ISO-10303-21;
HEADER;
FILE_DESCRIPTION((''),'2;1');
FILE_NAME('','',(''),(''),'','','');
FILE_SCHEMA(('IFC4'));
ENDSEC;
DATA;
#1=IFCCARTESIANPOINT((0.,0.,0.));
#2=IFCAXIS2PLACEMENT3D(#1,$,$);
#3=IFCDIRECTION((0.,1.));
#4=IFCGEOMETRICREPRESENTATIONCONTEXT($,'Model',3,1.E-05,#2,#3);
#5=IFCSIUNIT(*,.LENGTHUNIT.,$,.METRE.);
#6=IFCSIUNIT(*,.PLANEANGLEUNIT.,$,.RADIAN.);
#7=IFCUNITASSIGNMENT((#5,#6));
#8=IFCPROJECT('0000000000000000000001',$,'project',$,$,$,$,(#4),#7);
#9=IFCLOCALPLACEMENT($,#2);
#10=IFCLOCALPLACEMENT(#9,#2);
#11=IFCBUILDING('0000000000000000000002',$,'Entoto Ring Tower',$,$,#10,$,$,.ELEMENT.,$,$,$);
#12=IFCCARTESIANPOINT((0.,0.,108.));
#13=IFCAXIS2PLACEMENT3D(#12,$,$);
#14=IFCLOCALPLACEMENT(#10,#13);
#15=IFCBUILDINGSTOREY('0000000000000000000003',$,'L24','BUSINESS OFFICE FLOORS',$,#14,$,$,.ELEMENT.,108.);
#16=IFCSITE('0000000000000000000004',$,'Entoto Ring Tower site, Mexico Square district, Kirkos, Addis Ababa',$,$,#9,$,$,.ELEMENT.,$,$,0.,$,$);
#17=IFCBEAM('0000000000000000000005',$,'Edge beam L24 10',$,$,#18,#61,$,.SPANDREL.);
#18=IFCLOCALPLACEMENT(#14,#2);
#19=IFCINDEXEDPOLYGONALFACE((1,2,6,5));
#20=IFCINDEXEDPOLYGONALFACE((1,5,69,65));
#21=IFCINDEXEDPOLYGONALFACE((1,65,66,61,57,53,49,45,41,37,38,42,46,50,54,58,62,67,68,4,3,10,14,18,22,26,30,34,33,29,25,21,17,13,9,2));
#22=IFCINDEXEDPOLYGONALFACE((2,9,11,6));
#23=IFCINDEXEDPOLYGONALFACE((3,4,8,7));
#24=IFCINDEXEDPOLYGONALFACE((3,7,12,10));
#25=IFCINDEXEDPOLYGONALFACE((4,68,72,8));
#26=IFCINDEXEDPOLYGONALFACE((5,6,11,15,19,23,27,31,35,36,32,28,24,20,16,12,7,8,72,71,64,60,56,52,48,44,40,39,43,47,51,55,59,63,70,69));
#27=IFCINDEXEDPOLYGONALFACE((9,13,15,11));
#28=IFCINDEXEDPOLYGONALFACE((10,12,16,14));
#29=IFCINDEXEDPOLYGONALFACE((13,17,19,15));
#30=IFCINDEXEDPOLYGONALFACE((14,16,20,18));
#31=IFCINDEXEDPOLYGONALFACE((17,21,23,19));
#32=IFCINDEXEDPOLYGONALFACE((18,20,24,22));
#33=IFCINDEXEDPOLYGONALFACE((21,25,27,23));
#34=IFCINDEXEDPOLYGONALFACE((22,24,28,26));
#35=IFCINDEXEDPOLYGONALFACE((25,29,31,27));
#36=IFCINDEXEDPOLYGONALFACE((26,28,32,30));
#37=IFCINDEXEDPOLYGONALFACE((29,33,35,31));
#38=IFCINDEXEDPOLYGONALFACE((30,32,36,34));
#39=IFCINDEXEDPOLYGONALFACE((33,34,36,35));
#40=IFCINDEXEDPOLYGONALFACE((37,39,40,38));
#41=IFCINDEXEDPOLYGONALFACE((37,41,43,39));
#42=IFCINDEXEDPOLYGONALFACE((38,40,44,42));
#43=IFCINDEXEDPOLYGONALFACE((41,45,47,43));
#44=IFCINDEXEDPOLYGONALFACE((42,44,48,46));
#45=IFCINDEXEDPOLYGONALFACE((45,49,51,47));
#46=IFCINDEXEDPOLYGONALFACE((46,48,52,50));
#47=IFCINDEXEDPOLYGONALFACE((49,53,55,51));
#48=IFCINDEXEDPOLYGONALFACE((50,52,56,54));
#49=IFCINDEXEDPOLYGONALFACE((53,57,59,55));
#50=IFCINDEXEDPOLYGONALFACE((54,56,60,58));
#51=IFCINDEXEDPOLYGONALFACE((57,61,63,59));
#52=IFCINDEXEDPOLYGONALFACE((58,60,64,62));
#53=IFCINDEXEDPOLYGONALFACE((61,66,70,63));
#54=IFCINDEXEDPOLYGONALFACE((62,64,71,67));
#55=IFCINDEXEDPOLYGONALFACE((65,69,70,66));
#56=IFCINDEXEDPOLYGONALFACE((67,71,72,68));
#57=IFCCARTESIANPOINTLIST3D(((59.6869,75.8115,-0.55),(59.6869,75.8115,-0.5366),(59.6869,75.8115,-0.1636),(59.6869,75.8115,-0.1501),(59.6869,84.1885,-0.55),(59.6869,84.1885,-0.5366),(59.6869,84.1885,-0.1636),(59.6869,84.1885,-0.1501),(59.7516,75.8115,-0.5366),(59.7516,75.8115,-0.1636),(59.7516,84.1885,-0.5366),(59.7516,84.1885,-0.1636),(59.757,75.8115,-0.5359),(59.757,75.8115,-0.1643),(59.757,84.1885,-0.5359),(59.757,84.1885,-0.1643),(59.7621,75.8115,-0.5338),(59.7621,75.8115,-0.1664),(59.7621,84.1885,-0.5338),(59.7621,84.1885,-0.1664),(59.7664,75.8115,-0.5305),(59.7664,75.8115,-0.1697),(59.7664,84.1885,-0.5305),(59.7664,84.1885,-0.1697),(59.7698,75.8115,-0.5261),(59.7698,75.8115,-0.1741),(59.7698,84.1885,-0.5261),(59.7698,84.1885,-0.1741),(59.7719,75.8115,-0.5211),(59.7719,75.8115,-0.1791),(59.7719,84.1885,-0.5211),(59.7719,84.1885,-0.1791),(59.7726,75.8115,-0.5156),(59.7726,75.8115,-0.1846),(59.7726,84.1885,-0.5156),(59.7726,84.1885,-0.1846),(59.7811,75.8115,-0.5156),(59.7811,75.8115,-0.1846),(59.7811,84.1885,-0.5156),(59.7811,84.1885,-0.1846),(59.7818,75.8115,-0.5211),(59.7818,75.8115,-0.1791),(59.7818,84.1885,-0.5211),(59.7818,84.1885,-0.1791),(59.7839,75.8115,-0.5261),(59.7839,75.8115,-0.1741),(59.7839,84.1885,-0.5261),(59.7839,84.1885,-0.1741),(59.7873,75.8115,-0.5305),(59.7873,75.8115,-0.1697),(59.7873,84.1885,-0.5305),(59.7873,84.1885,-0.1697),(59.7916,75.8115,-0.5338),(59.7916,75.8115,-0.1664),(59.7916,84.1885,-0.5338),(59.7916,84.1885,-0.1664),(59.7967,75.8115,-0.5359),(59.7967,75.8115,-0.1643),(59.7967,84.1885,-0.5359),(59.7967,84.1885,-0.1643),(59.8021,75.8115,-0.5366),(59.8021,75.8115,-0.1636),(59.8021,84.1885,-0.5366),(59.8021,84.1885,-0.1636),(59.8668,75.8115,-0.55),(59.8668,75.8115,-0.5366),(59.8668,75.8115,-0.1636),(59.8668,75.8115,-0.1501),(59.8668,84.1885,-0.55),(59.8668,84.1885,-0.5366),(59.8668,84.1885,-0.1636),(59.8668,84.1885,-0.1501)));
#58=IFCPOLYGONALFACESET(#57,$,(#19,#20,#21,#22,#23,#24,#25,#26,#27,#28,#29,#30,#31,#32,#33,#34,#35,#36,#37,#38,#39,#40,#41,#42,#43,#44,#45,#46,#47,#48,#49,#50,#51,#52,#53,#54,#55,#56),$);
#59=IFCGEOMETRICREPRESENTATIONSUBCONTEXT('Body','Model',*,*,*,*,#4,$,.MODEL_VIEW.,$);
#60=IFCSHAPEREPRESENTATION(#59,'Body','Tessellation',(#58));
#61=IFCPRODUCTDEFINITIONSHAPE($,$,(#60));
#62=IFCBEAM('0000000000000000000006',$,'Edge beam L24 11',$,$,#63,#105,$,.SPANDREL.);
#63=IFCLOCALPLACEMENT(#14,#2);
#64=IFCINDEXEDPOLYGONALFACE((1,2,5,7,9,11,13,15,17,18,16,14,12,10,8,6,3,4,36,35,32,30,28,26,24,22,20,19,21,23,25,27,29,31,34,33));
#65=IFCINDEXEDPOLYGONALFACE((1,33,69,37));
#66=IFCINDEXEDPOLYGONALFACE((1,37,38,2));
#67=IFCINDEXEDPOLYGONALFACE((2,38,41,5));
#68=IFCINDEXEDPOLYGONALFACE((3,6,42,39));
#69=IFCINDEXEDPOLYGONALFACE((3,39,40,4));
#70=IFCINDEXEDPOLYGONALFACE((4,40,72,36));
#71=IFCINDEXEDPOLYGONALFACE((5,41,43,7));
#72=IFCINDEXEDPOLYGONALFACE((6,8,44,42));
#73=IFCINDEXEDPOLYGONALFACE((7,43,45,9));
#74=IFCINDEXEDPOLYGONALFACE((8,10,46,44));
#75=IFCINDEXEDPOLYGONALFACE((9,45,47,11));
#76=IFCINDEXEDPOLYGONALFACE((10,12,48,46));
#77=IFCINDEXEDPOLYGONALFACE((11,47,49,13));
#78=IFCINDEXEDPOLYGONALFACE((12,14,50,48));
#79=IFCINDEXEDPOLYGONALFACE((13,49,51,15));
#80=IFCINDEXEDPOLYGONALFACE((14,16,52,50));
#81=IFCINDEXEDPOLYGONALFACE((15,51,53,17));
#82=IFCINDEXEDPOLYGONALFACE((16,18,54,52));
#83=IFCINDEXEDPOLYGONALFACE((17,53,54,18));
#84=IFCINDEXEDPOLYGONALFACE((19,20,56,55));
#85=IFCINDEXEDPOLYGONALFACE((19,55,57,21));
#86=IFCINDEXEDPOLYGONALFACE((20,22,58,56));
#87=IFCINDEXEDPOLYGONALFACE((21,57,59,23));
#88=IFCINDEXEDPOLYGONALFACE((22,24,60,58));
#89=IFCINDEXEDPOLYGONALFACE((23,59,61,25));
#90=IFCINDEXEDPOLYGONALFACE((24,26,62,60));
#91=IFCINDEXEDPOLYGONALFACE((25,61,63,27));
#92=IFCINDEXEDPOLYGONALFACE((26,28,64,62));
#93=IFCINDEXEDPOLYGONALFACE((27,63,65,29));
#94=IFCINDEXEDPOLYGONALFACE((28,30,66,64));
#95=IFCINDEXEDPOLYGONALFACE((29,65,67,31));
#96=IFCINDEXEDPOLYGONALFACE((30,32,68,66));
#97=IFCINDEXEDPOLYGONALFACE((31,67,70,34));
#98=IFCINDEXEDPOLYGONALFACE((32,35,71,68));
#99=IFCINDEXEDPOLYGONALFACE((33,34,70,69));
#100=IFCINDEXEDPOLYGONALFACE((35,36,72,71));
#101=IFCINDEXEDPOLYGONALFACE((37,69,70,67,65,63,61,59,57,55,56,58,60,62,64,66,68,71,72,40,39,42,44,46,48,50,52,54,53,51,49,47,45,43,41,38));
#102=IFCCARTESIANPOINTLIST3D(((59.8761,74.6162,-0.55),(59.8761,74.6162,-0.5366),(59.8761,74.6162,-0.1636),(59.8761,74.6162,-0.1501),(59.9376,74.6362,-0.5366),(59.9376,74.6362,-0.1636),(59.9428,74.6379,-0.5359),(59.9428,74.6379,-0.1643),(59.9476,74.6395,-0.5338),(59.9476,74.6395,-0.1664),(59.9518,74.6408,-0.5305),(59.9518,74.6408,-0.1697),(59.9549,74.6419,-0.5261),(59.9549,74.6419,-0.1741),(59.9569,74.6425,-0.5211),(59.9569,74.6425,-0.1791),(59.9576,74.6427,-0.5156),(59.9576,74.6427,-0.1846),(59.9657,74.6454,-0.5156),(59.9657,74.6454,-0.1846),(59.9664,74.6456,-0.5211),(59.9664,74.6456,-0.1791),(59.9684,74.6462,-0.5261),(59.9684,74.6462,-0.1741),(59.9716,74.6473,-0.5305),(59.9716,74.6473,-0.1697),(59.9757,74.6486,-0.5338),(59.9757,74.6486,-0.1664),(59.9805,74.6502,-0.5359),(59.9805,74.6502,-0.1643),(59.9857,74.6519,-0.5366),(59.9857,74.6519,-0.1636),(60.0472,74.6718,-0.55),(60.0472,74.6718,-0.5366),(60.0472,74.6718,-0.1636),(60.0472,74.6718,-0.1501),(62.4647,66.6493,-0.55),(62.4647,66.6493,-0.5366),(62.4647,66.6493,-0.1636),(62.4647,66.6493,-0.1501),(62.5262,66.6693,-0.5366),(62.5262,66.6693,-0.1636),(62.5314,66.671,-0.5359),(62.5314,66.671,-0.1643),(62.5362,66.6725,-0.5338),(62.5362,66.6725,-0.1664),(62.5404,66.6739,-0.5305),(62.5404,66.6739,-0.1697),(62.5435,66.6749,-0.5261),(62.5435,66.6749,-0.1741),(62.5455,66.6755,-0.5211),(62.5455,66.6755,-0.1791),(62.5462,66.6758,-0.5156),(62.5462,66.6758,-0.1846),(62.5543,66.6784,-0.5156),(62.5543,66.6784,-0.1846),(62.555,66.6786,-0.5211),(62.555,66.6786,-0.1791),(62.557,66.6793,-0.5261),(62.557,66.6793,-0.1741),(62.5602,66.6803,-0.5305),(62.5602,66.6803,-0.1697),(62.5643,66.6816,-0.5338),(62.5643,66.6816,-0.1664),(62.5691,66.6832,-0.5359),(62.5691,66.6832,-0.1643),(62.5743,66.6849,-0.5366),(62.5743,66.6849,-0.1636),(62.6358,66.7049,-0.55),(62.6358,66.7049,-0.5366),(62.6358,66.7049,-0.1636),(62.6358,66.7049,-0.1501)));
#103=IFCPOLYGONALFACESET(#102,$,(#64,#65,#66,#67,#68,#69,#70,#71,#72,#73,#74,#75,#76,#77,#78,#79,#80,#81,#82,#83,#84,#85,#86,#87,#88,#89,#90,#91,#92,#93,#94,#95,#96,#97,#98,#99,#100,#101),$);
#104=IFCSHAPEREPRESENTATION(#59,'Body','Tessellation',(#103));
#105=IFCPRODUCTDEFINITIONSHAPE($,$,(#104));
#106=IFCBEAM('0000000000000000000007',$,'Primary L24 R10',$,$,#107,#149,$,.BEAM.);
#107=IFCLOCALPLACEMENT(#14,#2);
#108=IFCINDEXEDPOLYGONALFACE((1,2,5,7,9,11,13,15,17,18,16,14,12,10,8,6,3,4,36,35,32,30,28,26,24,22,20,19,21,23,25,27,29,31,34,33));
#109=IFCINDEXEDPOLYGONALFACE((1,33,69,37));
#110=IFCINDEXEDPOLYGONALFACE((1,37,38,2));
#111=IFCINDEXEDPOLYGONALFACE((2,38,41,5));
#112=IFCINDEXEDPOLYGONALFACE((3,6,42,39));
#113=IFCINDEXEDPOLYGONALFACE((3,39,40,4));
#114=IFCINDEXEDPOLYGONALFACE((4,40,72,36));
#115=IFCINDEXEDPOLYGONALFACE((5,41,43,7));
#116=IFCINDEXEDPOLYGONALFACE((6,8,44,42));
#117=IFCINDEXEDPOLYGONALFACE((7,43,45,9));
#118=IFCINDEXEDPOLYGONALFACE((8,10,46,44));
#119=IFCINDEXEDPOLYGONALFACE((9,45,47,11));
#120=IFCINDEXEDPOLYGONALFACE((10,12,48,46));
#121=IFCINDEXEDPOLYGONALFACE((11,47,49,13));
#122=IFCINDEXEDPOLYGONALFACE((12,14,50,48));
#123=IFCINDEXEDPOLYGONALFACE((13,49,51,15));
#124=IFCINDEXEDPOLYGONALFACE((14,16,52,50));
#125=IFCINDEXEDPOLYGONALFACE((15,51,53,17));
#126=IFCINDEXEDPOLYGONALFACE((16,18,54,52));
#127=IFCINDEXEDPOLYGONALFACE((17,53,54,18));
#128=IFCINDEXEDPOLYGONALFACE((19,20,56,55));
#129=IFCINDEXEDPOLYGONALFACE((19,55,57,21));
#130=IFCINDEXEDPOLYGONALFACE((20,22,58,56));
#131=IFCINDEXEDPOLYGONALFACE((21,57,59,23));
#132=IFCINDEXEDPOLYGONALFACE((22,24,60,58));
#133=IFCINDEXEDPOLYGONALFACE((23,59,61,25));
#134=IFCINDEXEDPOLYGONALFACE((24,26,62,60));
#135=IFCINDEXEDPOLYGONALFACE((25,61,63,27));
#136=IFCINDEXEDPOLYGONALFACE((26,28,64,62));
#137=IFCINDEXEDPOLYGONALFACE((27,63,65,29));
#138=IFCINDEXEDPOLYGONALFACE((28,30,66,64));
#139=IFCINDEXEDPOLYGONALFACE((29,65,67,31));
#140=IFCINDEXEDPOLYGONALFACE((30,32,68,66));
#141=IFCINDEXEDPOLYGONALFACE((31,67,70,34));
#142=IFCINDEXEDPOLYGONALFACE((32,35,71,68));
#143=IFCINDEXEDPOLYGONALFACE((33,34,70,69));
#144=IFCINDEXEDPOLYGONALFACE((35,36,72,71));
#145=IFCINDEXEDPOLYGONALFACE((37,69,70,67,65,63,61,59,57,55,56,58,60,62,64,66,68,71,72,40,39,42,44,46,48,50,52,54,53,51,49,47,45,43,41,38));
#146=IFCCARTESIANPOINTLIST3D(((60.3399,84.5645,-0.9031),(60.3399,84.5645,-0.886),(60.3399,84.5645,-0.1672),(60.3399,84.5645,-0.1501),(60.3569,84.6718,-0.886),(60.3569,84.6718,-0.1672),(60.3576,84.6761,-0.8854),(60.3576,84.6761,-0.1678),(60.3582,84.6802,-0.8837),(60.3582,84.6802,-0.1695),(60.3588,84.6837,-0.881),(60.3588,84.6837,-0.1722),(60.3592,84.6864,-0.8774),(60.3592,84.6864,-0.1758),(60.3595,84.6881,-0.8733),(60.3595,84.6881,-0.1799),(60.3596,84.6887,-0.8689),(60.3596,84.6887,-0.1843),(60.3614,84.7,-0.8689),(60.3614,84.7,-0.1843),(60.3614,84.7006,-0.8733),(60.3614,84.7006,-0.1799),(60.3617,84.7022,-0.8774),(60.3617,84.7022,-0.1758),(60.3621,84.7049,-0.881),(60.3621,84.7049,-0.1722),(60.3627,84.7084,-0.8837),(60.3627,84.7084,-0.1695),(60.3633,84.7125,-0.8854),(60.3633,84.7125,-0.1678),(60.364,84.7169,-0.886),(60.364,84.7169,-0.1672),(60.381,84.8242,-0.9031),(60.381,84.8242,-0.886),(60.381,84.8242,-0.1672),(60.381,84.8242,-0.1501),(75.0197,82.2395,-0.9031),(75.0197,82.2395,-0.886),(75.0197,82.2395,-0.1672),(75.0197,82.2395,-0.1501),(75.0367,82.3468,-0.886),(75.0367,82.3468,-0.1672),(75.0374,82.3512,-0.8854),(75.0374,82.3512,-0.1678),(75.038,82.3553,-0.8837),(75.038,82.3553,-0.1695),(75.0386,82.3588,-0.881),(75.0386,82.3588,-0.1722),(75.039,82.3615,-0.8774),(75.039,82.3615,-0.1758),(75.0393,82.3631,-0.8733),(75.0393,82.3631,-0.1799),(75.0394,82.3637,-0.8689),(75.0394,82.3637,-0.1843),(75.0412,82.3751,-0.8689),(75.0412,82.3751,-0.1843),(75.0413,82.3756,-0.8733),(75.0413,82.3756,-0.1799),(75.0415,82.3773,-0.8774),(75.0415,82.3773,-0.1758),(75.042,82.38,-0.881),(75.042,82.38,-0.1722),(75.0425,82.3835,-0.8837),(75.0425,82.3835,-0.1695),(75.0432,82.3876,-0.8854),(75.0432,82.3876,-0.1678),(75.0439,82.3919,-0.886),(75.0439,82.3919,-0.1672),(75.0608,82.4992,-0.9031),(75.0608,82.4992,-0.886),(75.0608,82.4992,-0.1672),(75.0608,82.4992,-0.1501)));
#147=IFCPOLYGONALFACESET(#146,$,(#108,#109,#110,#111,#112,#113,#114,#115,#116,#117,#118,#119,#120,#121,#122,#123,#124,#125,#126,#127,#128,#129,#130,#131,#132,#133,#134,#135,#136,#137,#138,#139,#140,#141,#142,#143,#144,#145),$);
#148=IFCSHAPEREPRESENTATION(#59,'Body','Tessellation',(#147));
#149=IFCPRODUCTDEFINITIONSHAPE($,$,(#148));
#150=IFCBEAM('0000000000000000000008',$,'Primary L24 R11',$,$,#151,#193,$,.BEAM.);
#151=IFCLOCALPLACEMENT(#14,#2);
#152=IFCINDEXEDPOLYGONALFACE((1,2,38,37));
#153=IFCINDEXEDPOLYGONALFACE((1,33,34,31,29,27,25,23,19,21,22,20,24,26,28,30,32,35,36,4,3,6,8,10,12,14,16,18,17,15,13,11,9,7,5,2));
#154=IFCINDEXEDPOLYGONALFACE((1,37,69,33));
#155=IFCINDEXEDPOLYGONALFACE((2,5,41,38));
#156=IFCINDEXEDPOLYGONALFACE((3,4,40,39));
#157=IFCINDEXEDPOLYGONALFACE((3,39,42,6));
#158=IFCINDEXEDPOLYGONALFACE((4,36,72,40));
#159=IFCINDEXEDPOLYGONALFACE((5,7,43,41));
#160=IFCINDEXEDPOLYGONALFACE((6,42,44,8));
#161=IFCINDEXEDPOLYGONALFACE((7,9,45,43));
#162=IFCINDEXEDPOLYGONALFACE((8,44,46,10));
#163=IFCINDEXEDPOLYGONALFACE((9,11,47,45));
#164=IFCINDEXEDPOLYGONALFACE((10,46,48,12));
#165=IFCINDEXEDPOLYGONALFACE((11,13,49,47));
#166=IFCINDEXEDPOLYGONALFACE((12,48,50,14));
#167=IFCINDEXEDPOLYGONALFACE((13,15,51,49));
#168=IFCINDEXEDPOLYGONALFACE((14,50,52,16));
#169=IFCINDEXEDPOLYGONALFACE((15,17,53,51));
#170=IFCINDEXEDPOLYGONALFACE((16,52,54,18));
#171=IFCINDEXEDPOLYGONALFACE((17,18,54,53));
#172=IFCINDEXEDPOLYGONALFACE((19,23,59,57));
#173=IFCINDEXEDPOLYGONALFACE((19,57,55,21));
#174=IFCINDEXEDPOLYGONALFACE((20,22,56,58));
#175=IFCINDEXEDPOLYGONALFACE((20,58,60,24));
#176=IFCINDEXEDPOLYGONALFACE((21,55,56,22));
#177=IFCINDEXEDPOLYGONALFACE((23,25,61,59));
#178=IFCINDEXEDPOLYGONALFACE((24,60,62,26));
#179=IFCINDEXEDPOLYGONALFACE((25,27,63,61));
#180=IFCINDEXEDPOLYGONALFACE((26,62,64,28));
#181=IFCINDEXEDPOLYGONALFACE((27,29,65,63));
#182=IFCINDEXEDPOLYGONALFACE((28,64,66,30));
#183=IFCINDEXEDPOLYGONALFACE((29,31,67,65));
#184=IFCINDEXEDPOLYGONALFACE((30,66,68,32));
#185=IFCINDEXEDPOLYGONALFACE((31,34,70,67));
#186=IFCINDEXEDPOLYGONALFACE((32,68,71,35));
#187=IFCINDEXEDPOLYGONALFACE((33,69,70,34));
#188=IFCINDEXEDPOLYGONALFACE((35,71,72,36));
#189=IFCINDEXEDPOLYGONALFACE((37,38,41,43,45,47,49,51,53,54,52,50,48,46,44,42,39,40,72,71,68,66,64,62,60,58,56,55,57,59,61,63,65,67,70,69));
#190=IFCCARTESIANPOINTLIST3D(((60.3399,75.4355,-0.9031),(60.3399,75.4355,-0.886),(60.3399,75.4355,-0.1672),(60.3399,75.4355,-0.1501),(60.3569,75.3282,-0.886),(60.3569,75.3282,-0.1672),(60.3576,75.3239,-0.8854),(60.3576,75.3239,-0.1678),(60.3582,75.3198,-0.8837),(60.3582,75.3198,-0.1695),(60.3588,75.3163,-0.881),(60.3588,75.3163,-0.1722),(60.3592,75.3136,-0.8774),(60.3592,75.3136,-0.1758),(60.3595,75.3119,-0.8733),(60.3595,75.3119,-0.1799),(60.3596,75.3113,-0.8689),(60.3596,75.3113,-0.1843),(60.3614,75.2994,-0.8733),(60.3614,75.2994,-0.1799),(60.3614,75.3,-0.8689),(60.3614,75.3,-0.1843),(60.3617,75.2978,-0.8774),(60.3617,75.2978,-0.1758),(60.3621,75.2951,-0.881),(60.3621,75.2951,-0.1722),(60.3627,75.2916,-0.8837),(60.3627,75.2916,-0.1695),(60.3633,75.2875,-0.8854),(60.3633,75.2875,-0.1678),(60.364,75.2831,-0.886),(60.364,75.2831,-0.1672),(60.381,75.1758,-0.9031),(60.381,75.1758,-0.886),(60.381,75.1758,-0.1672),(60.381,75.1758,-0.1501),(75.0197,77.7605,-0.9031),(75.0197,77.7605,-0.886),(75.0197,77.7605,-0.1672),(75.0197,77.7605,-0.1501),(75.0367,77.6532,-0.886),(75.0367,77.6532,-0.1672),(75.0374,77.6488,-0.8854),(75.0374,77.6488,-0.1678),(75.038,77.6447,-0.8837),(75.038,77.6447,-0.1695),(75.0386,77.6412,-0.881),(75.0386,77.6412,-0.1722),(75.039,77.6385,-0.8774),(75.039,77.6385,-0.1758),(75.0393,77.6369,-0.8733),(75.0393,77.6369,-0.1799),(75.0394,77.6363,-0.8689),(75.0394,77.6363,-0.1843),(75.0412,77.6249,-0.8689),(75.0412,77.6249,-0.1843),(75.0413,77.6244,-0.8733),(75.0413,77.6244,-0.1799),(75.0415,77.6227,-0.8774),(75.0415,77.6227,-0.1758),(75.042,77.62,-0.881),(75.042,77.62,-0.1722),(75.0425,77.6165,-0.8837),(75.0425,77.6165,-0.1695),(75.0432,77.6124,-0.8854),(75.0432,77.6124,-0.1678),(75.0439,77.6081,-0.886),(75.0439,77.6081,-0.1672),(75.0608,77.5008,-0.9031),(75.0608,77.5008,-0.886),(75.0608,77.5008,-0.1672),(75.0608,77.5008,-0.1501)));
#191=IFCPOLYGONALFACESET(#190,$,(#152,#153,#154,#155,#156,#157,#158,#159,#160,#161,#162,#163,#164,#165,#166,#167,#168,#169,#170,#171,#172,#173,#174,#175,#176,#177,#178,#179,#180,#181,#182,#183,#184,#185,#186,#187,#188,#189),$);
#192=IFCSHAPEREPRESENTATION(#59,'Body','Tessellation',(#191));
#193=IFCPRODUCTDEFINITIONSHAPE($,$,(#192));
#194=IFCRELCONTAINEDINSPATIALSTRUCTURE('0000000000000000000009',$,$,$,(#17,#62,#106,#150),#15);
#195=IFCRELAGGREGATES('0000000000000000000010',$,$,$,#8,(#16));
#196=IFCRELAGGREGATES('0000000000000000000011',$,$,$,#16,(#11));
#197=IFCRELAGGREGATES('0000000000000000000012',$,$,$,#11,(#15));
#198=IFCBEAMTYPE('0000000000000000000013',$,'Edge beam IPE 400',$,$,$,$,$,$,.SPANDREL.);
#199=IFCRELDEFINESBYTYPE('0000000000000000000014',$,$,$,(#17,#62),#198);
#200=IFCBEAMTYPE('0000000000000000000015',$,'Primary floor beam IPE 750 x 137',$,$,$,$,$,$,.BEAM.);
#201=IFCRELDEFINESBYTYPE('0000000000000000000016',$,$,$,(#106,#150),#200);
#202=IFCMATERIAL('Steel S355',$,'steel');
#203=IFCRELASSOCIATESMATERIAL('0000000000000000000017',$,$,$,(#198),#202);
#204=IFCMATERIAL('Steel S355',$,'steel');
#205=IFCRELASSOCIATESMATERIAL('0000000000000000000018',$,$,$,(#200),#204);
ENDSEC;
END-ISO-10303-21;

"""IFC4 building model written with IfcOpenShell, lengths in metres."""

from ifc_helpers import new_model, si_unit, direction, frame, origin, origin_2d, place, context, subcontext, project, spatial, i_section, extrude, material, material_profile, profile_set, type_object, element, save


model = new_model("IFC4")

# Units and contexts
model_context = context("Model", 3, precision=1e-05, world=origin(), true_north=direction((0.0, 1.0)))
body_context = subcontext(model_context, "Body", "Model", "MODEL_VIEW")
ifc_project = project(units=[si_unit("LENGTHUNIT", "METRE"), si_unit("PLANEANGLEUNIT", "RADIAN")], contexts=[model_context])

# Site, building, storey
site_placement = place(None, origin())
site = spatial("IfcSite", under=ifc_project, at=site_placement, Name="Entoto Ring Tower site, Mexico Square district, Kirkos, Addis Ababa", CompositionType="ELEMENT", RefElevation=0.0)
building_placement = place(site_placement, origin())
building = spatial("IfcBuilding", under=site, at=building_placement, Name="Entoto Ring Tower", CompositionType="ELEMENT")
storey_placement = place(building_placement, frame((0.0, 0.0, 108.0)))
storey = spatial("IfcBuildingStorey", under=building, at=storey_placement, Name="L24", Description="BUSINESS OFFICE FLOORS", CompositionType="ELEMENT", Elevation=108.0)

# Beams
ifc_material_1 = material(Name="Steel S355", Category="steel")
ifc_material_profile_1 = material_profile(ifc_material_1, i_section(OverallWidth=0.1799, OverallDepth=0.3999, WebThickness=0.0085, FlangeThickness=0.0134, FilletRadius=0.021, at=origin_2d()), Name="IPE 400")
ifc_profile_set_1 = profile_set([ifc_material_profile_1], Name="Steel S355")
beam_type_1 = type_object("IfcBeamType", Name="Edge beam IPE 400", PredefinedType="SPANDREL", material=ifc_profile_set_1)
for number, where, z_axis, x_axis, name in (
    (1, (59.7769, 84.1885, -0.3501), (0.0, -1.0, 0.0), (1.0, 0.0, 0.0), "Edge beam L24 10"),
    (2, (59.9617, 74.644, -0.3501), (0.309014, -0.951057, 0.0), (0.951057, 0.309014, 0.0), "Edge beam L24 11"),
):
    element("IfcBeam", number, at=place(storey_placement, frame(where, z_axis=z_axis, x_axis=x_axis)), inside=storey, type_object=beam_type_1, Name=name, PredefinedType="SPANDREL", context=body_context, shape_type="SweptSolid", body=[
        extrude(i_section(OverallWidth=0.1799, OverallDepth=0.3999, WebThickness=0.0085, FlangeThickness=0.0134, FilletRadius=0.021, at=origin_2d()), origin(), (0.0, 0.0, 1.0), 8.377),
    ])
ifc_material_2 = material(Name="Steel S355", Category="steel")
ifc_material_profile_2 = material_profile(ifc_material_2, i_section(OverallWidth=0.2629, OverallDepth=0.7529, WebThickness=0.0115, FlangeThickness=0.0171, FilletRadius=0.0171, at=origin_2d()), Name="IPE 750 x 137")
ifc_profile_set_2 = profile_set([ifc_material_profile_2], Name="Steel S355")
beam_type_2 = type_object("IfcBeamType", Name="Primary floor beam IPE 750 x 137", PredefinedType="BEAM", material=ifc_profile_set_2)
for number, where, z_axis, x_axis, name in (
    (3, (75.0403, 82.3694, -0.5266), (-0.98769, 0.156426, 0.0), (-0.156426, -0.98769, 0.0), "Primary L24 R10"),
    (4, (75.0403, 77.6306, -0.5266), (-0.98769, -0.156426, 0.0), (0.156426, -0.98769, 0.0), "Primary L24 R11"),
):
    element("IfcBeam", number, at=place(storey_placement, frame(where, z_axis=z_axis, x_axis=x_axis)), inside=storey, type_object=beam_type_2, Name=name, PredefinedType="BEAM", context=body_context, shape_type="SweptSolid", body=[
        extrude(i_section(OverallWidth=0.2629, OverallDepth=0.7529, WebThickness=0.0115, FlangeThickness=0.0171, FilletRadius=0.0171, at=origin_2d()), origin(), (0.0, 0.0, 1.0), 14.8628),
    ])

save(model, "model.ifc")
